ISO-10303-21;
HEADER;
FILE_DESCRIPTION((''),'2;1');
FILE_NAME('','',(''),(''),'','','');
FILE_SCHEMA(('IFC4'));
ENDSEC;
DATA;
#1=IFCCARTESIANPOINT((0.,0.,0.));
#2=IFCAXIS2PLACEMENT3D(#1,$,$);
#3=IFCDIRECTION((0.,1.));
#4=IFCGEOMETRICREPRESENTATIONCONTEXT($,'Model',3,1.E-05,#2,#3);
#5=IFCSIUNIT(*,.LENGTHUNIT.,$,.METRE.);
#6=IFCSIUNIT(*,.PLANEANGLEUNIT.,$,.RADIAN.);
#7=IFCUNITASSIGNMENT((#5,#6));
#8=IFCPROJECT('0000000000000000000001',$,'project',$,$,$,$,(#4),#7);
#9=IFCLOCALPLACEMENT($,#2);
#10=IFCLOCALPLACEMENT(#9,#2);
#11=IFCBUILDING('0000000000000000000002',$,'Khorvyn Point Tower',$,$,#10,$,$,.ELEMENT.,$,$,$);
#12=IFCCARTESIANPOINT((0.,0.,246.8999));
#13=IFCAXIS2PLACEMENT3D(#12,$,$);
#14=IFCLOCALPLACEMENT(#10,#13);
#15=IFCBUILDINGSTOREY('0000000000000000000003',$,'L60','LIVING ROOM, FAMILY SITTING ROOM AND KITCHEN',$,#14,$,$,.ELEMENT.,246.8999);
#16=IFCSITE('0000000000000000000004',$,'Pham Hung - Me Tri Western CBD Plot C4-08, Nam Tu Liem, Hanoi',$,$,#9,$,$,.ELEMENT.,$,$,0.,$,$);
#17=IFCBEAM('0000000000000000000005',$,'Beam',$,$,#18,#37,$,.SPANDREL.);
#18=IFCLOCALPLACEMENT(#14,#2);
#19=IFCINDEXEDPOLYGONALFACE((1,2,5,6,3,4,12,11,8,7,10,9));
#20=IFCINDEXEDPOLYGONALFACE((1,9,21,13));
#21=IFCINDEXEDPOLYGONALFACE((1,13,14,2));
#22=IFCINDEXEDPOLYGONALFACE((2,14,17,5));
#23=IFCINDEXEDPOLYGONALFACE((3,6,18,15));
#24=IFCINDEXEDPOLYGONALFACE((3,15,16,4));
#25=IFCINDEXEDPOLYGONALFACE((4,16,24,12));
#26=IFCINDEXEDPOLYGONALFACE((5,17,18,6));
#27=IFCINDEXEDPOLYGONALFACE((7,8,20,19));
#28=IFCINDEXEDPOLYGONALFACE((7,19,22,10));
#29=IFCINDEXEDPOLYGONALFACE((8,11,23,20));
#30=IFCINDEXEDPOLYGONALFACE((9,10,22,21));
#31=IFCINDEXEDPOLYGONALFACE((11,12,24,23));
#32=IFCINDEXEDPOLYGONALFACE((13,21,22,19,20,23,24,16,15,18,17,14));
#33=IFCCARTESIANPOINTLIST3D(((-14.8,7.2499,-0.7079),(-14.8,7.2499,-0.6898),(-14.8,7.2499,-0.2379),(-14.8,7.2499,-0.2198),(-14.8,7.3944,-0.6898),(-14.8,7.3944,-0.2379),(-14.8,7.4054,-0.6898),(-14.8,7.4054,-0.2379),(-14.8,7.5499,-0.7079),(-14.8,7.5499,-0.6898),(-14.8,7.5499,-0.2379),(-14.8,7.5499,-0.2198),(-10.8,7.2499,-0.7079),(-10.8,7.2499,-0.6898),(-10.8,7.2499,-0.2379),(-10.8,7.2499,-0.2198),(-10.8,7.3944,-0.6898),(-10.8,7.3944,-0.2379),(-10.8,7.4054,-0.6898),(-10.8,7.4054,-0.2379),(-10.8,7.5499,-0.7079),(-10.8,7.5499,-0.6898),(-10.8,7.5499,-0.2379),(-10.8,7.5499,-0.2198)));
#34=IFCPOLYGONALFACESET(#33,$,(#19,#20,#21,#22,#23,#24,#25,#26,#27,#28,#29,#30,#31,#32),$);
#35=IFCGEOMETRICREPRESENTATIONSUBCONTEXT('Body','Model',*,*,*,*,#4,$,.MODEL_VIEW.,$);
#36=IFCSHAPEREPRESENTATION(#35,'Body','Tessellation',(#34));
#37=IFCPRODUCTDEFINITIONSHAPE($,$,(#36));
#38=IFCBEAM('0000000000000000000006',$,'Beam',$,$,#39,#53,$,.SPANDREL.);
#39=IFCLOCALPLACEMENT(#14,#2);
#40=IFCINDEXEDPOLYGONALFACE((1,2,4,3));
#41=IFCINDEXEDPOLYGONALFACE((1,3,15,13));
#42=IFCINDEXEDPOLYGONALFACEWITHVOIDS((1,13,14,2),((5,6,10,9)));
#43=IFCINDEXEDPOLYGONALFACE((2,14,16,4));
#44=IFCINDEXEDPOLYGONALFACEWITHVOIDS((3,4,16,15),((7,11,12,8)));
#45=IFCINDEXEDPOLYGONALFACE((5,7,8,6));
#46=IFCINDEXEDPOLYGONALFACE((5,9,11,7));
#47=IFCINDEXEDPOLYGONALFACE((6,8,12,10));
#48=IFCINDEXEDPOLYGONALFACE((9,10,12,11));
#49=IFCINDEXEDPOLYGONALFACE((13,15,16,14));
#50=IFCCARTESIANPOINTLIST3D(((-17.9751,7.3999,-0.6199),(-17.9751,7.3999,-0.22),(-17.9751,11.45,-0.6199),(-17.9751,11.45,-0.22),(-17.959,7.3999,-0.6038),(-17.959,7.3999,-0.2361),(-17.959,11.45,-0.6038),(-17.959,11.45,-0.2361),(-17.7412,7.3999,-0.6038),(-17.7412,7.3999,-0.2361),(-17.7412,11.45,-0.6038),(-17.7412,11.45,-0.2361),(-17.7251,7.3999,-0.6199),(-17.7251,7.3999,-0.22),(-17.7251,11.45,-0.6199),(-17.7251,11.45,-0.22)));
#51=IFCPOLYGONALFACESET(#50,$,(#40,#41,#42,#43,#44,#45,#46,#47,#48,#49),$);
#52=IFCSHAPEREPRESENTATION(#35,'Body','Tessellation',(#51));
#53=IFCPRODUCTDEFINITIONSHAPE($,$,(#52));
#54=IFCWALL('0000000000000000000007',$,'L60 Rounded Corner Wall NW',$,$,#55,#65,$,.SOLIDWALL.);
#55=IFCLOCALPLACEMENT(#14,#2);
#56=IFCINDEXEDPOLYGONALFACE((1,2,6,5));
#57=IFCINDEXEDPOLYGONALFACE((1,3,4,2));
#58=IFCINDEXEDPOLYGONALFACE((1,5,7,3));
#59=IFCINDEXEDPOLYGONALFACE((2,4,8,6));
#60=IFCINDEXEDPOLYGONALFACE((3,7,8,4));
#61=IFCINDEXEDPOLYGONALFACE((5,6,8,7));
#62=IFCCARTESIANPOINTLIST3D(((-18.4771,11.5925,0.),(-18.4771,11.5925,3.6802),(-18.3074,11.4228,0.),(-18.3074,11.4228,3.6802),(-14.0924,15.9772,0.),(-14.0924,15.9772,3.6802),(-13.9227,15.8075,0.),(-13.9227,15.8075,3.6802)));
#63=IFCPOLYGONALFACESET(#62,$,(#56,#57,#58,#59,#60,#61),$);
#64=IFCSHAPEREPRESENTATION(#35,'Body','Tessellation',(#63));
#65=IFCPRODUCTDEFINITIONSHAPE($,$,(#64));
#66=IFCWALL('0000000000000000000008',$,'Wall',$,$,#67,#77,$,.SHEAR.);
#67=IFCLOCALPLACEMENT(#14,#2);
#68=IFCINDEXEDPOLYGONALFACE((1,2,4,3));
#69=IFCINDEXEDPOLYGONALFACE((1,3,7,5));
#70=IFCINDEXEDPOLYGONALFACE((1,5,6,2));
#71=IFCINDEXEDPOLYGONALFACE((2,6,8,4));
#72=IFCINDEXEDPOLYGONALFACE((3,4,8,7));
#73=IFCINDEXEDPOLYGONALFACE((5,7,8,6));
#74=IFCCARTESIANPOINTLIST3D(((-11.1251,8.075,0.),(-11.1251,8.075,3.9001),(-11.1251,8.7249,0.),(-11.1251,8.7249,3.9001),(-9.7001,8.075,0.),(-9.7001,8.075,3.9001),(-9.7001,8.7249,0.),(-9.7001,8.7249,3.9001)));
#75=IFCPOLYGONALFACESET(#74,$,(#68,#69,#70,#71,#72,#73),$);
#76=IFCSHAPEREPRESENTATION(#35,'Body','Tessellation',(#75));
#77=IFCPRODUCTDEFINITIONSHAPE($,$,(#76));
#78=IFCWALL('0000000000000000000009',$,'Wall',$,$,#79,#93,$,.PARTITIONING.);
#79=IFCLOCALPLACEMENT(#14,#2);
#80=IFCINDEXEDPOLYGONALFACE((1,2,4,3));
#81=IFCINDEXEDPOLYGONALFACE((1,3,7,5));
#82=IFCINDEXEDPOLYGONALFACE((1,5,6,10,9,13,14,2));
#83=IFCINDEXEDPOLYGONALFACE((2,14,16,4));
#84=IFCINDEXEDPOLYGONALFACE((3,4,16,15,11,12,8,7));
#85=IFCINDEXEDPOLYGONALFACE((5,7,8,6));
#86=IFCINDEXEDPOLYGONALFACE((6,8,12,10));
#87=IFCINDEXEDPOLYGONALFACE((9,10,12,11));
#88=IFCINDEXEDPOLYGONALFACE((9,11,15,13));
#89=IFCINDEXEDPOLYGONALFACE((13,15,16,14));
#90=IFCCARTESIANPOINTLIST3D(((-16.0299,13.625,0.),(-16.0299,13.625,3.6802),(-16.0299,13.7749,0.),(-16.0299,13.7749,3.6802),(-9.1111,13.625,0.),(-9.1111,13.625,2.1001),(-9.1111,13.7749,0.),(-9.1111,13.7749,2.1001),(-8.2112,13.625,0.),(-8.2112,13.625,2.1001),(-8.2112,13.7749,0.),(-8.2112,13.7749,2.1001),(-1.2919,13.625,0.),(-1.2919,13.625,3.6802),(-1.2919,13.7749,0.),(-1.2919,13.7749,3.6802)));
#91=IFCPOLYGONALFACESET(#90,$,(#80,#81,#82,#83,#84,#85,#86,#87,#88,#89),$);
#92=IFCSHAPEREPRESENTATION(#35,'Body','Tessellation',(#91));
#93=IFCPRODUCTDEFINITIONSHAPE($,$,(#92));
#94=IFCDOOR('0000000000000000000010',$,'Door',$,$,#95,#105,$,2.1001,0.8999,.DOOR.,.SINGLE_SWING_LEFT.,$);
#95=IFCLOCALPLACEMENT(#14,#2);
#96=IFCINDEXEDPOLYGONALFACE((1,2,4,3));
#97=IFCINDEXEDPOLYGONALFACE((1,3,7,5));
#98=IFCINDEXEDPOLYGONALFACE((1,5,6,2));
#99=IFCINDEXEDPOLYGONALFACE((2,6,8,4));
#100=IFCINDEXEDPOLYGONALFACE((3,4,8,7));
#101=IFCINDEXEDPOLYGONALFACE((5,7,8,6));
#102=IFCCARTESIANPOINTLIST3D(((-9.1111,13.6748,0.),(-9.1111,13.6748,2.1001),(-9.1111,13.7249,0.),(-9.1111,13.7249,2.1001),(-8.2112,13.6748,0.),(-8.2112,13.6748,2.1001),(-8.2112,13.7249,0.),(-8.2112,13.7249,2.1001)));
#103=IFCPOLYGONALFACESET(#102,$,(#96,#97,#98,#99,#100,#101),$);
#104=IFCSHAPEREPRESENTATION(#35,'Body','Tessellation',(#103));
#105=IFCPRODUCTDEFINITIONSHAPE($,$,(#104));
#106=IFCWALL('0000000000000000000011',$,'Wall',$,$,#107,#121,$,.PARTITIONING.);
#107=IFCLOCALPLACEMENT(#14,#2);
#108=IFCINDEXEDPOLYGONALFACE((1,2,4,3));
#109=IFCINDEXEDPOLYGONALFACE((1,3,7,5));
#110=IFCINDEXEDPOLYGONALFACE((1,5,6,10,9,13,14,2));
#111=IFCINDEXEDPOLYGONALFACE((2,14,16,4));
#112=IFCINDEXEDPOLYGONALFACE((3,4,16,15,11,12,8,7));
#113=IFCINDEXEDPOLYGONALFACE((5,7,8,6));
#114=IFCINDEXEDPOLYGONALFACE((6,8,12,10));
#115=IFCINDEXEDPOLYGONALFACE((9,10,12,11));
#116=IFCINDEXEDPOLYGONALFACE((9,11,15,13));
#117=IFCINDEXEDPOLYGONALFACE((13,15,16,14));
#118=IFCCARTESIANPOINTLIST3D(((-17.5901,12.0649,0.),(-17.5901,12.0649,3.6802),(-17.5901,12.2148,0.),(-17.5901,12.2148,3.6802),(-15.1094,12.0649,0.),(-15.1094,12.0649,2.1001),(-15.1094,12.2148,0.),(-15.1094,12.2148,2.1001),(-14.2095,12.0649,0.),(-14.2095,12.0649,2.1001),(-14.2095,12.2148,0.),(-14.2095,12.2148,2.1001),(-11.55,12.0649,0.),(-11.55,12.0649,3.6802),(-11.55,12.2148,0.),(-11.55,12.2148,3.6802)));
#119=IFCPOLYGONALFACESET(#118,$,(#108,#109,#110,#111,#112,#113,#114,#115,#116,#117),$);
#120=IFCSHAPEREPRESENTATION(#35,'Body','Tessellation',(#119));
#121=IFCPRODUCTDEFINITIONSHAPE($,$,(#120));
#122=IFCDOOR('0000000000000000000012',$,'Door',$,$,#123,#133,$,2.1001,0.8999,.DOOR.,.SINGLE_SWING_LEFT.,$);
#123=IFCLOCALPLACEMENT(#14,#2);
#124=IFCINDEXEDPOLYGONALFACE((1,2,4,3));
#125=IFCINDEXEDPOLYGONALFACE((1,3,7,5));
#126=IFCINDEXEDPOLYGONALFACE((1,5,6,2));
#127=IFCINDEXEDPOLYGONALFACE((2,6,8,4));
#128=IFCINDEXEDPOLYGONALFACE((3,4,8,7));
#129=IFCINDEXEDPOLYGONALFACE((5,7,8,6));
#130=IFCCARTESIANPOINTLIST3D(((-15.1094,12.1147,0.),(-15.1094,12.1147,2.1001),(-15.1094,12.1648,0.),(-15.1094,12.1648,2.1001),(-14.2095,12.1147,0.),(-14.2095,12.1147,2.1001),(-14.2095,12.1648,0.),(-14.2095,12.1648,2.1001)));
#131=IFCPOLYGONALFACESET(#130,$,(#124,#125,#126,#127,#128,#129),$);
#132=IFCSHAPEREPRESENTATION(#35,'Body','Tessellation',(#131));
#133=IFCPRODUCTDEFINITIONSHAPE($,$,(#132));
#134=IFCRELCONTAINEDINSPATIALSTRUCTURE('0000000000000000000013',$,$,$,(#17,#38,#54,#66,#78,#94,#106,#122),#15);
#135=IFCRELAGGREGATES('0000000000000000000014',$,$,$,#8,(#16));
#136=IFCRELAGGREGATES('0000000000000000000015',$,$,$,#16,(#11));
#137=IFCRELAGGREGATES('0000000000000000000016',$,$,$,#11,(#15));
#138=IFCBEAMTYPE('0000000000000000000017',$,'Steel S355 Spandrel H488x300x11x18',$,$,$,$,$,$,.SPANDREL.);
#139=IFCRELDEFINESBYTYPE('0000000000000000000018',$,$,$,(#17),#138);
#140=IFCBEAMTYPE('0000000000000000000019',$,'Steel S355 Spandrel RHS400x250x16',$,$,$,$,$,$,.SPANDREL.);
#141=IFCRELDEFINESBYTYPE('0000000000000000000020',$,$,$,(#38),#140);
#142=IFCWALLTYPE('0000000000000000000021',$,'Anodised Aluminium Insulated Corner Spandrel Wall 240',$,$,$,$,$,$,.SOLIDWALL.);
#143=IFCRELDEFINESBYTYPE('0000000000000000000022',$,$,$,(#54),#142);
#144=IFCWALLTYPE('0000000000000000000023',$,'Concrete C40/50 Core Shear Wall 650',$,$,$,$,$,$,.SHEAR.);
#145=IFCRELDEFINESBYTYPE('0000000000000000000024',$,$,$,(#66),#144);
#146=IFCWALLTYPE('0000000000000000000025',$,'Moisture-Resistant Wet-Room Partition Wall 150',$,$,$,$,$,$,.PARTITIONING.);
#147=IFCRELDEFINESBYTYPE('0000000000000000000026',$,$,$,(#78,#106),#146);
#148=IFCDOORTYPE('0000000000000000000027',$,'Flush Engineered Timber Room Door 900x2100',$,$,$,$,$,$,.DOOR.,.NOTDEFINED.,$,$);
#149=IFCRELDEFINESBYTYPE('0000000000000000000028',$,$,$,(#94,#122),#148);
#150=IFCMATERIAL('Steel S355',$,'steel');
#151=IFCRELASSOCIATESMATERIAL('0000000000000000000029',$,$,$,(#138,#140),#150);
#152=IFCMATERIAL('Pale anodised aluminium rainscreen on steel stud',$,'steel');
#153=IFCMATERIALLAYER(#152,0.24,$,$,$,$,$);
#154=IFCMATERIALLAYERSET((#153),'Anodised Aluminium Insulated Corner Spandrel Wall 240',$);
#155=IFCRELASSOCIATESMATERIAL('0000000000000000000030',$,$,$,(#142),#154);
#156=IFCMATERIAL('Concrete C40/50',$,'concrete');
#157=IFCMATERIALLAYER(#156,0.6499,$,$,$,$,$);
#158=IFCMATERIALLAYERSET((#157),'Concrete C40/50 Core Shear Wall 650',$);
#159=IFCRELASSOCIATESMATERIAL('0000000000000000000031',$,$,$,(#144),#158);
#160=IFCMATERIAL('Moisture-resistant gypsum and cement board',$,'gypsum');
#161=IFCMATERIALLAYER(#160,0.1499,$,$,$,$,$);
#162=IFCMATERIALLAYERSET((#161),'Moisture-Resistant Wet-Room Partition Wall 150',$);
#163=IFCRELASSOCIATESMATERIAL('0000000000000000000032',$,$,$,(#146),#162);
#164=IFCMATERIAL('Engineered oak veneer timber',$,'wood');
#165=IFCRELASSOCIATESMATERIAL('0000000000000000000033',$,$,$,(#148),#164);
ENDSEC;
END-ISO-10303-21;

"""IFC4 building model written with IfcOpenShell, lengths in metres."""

from ifc_helpers import new_model, si_unit, direction, frame, frame_2d, origin, origin_2d, place, context, subcontext, project, spatial, rectangle, hollow_rectangle, i_section, extrude, material, layer, layer_set, material_profile, profile_set, type_object, element, fill, save


model = new_model("IFC4")

# Units and contexts
model_context = context("Model", 3, precision=1e-05, world=origin(), true_north=direction((0.0, 1.0)))
body_context = subcontext(model_context, "Body", "Model", "MODEL_VIEW")
ifc_project = project(units=[si_unit("LENGTHUNIT", "METRE"), si_unit("PLANEANGLEUNIT", "RADIAN")], contexts=[model_context])

# Site, building, storey
site_placement = place(None, origin())
site = spatial("IfcSite", under=ifc_project, at=site_placement, Name="Pham Hung - Me Tri Western CBD Plot C4-08, Nam Tu Liem, Hanoi", CompositionType="ELEMENT", RefElevation=0.0)
building_placement = place(site_placement, origin())
building = spatial("IfcBuilding", under=site, at=building_placement, Name="Khorvyn Point Tower", CompositionType="ELEMENT")
storey_placement = place(building_placement, frame((0.0, 0.0, 246.8999)))
storey = spatial("IfcBuildingStorey", under=building, at=storey_placement, Name="L60", Description="LIVING ROOM, FAMILY SITTING ROOM AND KITCHEN", CompositionType="ELEMENT", Elevation=246.8999)

# Shared definitions
ifc_material_1 = material(Name="Concrete C40/50", Category="concrete")

# Beams
ifc_material_2 = material(Name="Steel S355", Category="steel")
ifc_material_profile_1 = material_profile(ifc_material_2, i_section(OverallWidth=0.3, OverallDepth=0.488, WebThickness=0.011, FlangeThickness=0.0181, at=origin_2d()))
ifc_profile_set_1 = profile_set([ifc_material_profile_1], Name="Steel S355 H488x300x11x18")
beam_type_1 = type_object("IfcBeamType", Name="Steel S355 Spandrel H488x300x11x18", PredefinedType="SPANDREL", material=ifc_profile_set_1)
beam_1_placement = place(storey_placement, frame((-14.8, 7.3999, -0.4639), z_axis=(1.0, 0.0, 0.0), x_axis=(0.0, 1.0, 0.0)))
element("IfcBeam", 1, at=beam_1_placement, inside=storey, type_object=beam_type_1, Name="Beam", PredefinedType="SPANDREL", context=body_context, shape_type="SweptSolid", body=[
    extrude(i_section(OverallWidth=0.3, OverallDepth=0.488, WebThickness=0.011, FlangeThickness=0.0181, at=origin_2d()), origin(), (0.0, 0.0, 1.0), 4.0),
])
ifc_material_profile_2 = material_profile(ifc_material_2, hollow_rectangle(XDim=0.25, YDim=0.3999, WallThickness=0.0161, at=origin_2d()))
ifc_profile_set_2 = profile_set([ifc_material_profile_2], Name="Steel S355 RHS400x250x16")
beam_type_2 = type_object("IfcBeamType", Name="Steel S355 Spandrel RHS400x250x16", PredefinedType="SPANDREL", material=ifc_profile_set_2)
beam_2_placement = place(storey_placement, frame((-17.8501, 7.3999, -0.4199), z_axis=(0.0, 1.0, 0.0), x_axis=(-1.0, 0.0, 0.0)))
element("IfcBeam", 2, at=beam_2_placement, inside=storey, type_object=beam_type_2, Name="Beam", PredefinedType="SPANDREL", context=body_context, shape_type="SweptSolid", body=[
    extrude(hollow_rectangle(XDim=0.25, YDim=0.3999, WallThickness=0.0161, at=origin_2d()), origin(), (0.0, 0.0, 1.0), 4.05),
])

# Walls
ifc_material_3 = material(Name="Pale anodised aluminium rainscreen on steel stud", Category="steel")
ifc_layer_1 = layer(ifc_material_3, 0.24)
ifc_layer_set_1 = layer_set([ifc_layer_1], Name="Anodised Aluminium Insulated Corner Spandrel Wall 240")
wall_type_1 = type_object("IfcWallType", Name="Anodised Aluminium Insulated Corner Spandrel Wall 240", PredefinedType="SOLIDWALL", material=ifc_layer_set_1)
wall_1_placement = place(storey_placement, frame((-18.3923, 11.5076, 0.0), z_axis=(0.0, 0.0, 1.0), x_axis=(0.707107, 0.707107, 0.0)))
element("IfcWall", 3, at=wall_1_placement, inside=storey, type_object=wall_type_1, Name="L60 Rounded Corner Wall NW", PredefinedType="SOLIDWALL", context=body_context, shape_type="SweptSolid", body=[
    extrude(rectangle(XDim=6.2009, YDim=0.24, at=frame_2d((3.1006, 0.0))), origin(), (0.0, 0.0, 1.0), 3.6802),
])
ifc_layer_2 = layer(ifc_material_1, 0.6499)
ifc_layer_set_2 = layer_set([ifc_layer_2], Name="Concrete C40/50 Core Shear Wall 650")
wall_type_2 = type_object("IfcWallType", Name="Concrete C40/50 Core Shear Wall 650", PredefinedType="SHEAR", material=ifc_layer_set_2)
wall_2_placement = place(storey_placement, frame((-11.125, 8.3999, 0.0), z_axis=(0.0, 0.0, 1.0), x_axis=(1.0, 0.0, 0.0)))
element("IfcWall", 4, at=wall_2_placement, inside=storey, type_object=wall_type_2, Name="Wall", PredefinedType="SHEAR", context=body_context, shape_type="SweptSolid", body=[
    extrude(rectangle(XDim=1.425, YDim=0.6499, at=frame_2d((0.7124, 0.0))), origin(), (0.0, 0.0, 1.0), 3.9001),
])

# Walls, openings, doors
ifc_material_4 = material(Name="Moisture-resistant gypsum and cement board", Category="gypsum")
ifc_layer_3 = layer(ifc_material_4, 0.1499)
ifc_layer_set_3 = layer_set([ifc_layer_3], Name="Moisture-Resistant Wet-Room Partition Wall 150")
wall_type_3 = type_object("IfcWallType", Name="Moisture-Resistant Wet-Room Partition Wall 150", PredefinedType="PARTITIONING", material=ifc_layer_set_3)
wall_3_placement = place(storey_placement, frame((-16.03, 13.7, 0.0), z_axis=(0.0, 0.0, 1.0), x_axis=(1.0, 0.0, 0.0)))
wall_3 = element("IfcWall", 5, at=wall_3_placement, inside=storey, type_object=wall_type_3, Name="Wall", PredefinedType="PARTITIONING", context=body_context, shape_type="SweptSolid", body=[
    extrude(rectangle(XDim=14.738, YDim=0.1499, at=frame_2d((7.3691, 0.0))), origin(), (0.0, 0.0, 1.0), 3.6802),
])
opening_1_placement = place(wall_3_placement, frame((6.9189, 0.0, 0.0)))
opening_1 = element("IfcOpeningElement", 6, at=opening_1_placement, cuts=wall_3, PredefinedType="OPENING", context=body_context, shape_type="SweptSolid", body=[
    extrude(rectangle(XDim=0.8999, YDim=2.1001, at=frame_2d((0.45, 1.05))), frame((0.0, 0.085, 0.0), z_axis=(0.0, -1.0, 0.0), x_axis=(1.0, 0.0, 0.0)), (0.0, 0.0, 1.0), 0.1699),
])
ifc_material_5 = material(Name="Engineered oak veneer timber", Category="wood")
door_type_1 = type_object("IfcDoorType", Name="Flush Engineered Timber Room Door 900x2100", OperationType="NOTDEFINED", PredefinedType="DOOR", material=ifc_material_5)
door_1_placement = place(opening_1_placement, origin())
door_1 = element("IfcDoor", 7, at=door_1_placement, inside=storey, type_object=door_type_1, Name="Door", OperationType="SINGLE_SWING_LEFT", OverallHeight=2.1001, OverallWidth=0.8999, PredefinedType="DOOR", context=body_context, shape_type="SweptSolid", body=[
    extrude(rectangle(XDim=0.8999, YDim=2.1001, at=frame_2d((0.45, 1.05))), frame((0.0, 0.0249, 0.0), z_axis=(0.0, -1.0, 0.0), x_axis=(1.0, 0.0, 0.0)), (0.0, 0.0, 1.0), 0.05),
])
fill(opening_1, door_1)
wall_4_placement = place(storey_placement, frame((-17.5901, 12.1399, 0.0), z_axis=(0.0, 0.0, 1.0), x_axis=(1.0, 0.0, 0.0)))
wall_4 = element("IfcWall", 8, at=wall_4_placement, inside=storey, type_object=wall_type_3, Name="Wall", PredefinedType="PARTITIONING", context=body_context, shape_type="SweptSolid", body=[
    extrude(rectangle(XDim=6.04, YDim=0.1499, at=frame_2d((3.02, 0.0))), origin(), (0.0, 0.0, 1.0), 3.6802),
])
opening_2_placement = place(wall_4_placement, frame((2.4807, 0.0, 0.0)))
opening_2 = element("IfcOpeningElement", 9, at=opening_2_placement, cuts=wall_4, PredefinedType="OPENING", context=body_context, shape_type="SweptSolid", body=[
    extrude(rectangle(XDim=0.8999, YDim=2.1001, at=frame_2d((0.45, 1.05))), frame((0.0, 0.085, 0.0), z_axis=(0.0, -1.0, 0.0), x_axis=(1.0, 0.0, 0.0)), (0.0, 0.0, 1.0), 0.1699),
])
door_2_placement = place(opening_2_placement, origin())
door_2 = element("IfcDoor", 10, at=door_2_placement, inside=storey, type_object=door_type_1, Name="Door", OperationType="SINGLE_SWING_LEFT", OverallHeight=2.1001, OverallWidth=0.8999, PredefinedType="DOOR", context=body_context, shape_type="SweptSolid", body=[
    extrude(rectangle(XDim=0.8999, YDim=2.1001, at=frame_2d((0.45, 1.05))), frame((0.0, 0.0249, 0.0), z_axis=(0.0, -1.0, 0.0), x_axis=(1.0, 0.0, 0.0)), (0.0, 0.0, 1.0), 0.05),
])
fill(opening_2, door_2)

save(model, "model.ifc")
